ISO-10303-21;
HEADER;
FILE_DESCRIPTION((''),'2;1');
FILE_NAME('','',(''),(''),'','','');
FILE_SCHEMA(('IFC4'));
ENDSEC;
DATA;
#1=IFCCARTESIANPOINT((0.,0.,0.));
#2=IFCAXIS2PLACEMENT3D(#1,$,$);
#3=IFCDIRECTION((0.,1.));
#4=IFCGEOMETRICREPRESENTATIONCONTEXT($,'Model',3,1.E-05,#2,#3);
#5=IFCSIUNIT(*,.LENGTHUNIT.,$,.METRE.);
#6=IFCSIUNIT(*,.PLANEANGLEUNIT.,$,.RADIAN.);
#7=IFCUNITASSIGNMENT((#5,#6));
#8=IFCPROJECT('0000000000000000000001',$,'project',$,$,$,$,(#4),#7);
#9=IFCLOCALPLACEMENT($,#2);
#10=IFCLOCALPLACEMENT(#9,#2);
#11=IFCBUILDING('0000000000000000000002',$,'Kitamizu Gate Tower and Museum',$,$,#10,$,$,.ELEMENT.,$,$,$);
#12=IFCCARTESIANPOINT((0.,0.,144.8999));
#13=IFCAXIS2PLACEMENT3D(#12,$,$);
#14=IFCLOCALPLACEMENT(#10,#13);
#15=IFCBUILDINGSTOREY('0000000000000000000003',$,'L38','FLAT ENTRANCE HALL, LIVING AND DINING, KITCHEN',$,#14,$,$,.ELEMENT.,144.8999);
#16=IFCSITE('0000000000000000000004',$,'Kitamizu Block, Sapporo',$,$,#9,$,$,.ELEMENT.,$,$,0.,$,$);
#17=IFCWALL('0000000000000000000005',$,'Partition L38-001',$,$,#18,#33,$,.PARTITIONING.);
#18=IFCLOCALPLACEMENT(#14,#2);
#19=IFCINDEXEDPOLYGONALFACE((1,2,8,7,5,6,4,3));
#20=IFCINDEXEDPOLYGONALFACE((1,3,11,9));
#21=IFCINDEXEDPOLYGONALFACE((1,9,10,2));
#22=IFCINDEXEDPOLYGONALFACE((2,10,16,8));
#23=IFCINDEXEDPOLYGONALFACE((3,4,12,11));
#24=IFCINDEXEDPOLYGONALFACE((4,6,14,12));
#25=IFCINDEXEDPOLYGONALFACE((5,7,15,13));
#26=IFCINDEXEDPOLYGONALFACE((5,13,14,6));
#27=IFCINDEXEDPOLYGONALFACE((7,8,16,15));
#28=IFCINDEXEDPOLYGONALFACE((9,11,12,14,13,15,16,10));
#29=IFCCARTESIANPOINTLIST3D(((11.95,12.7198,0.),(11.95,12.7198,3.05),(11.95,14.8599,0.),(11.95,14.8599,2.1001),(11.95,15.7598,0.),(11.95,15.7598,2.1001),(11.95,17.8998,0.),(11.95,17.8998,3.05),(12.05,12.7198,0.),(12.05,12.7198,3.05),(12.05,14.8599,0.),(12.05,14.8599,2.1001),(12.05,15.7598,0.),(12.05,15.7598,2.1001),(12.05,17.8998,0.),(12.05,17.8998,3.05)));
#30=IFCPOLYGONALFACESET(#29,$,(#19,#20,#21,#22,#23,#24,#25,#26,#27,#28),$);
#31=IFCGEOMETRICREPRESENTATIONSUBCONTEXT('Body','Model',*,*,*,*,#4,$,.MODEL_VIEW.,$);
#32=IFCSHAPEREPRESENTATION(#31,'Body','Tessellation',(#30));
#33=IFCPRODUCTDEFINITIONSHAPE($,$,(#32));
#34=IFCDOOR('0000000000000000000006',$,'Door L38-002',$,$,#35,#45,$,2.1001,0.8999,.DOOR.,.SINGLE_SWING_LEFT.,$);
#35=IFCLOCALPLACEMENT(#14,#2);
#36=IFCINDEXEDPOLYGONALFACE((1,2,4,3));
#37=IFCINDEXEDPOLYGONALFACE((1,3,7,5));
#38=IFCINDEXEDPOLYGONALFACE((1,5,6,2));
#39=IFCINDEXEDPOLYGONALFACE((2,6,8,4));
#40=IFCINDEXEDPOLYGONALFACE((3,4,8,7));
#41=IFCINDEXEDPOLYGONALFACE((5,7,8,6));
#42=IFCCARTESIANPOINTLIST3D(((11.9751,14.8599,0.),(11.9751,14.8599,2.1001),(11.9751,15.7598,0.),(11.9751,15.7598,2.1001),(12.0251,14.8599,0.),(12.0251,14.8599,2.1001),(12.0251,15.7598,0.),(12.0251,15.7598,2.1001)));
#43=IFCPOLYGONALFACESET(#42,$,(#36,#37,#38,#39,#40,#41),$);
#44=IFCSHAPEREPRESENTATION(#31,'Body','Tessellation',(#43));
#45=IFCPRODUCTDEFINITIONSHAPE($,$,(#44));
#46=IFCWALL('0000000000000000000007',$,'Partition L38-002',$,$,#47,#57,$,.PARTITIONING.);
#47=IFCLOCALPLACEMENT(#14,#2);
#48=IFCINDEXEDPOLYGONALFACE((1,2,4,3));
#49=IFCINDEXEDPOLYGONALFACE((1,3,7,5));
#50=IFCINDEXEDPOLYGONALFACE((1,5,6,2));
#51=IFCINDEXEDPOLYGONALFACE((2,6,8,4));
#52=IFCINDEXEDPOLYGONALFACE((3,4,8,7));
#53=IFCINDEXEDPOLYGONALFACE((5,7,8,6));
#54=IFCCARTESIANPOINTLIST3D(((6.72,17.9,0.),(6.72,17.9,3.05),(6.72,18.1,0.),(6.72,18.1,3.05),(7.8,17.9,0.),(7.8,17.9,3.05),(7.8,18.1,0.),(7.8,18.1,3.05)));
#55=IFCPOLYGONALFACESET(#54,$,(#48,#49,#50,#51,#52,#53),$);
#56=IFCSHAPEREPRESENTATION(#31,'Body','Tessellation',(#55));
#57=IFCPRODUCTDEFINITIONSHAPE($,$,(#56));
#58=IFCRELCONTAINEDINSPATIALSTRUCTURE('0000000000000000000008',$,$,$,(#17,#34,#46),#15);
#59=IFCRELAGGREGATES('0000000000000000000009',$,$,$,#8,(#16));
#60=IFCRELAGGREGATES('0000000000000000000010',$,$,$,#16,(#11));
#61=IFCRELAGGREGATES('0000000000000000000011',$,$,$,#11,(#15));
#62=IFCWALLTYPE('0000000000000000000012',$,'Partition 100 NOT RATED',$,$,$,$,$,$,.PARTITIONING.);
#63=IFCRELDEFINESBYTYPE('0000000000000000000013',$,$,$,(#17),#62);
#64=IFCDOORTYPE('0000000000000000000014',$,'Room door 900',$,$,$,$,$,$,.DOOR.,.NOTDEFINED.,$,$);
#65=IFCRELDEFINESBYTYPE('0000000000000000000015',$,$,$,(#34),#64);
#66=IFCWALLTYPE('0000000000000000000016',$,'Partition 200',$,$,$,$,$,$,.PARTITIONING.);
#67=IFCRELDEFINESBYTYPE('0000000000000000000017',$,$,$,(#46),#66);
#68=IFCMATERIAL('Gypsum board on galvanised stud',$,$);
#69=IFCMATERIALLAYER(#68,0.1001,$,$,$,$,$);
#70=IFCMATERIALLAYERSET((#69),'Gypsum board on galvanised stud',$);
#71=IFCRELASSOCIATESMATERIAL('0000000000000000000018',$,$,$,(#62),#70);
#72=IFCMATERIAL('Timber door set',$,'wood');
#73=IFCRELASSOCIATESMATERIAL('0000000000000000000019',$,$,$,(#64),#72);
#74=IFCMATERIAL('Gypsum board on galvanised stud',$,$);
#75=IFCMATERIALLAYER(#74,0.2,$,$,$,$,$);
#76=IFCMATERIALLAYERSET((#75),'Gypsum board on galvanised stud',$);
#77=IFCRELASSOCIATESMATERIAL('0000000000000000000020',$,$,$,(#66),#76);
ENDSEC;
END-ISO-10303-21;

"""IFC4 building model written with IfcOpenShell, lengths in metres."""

from ifc_helpers import new_model, si_unit, direction, frame, frame_2d, origin, place, context, subcontext, project, spatial, rectangle, extrude, material, layer, layer_set, type_object, element, fill, save


model = new_model("IFC4")

# Units and contexts
model_context = context("Model", 3, precision=1e-05, world=origin(), true_north=direction((0.0, 1.0)))
body_context = subcontext(model_context, "Body", "Model", "MODEL_VIEW")
ifc_project = project(units=[si_unit("LENGTHUNIT", "METRE"), si_unit("PLANEANGLEUNIT", "RADIAN")], contexts=[model_context])

# Site, building, storey
site_placement = place(None, origin())
site = spatial("IfcSite", under=ifc_project, at=site_placement, Name="Kitamizu Block, Sapporo", CompositionType="ELEMENT", RefElevation=0.0)
building_placement = place(site_placement, origin())
building = spatial("IfcBuilding", under=site, at=building_placement, Name="Kitamizu Gate Tower and Museum", CompositionType="ELEMENT")
storey_placement = place(building_placement, frame((0.0, 0.0, 144.8999)))
storey = spatial("IfcBuildingStorey", under=building, at=storey_placement, Name="L38", Description="FLAT ENTRANCE HALL, LIVING AND DINING, KITCHEN", CompositionType="ELEMENT", Elevation=144.8999)

# Wall, opening, door
ifc_material_1 = material(Name="Gypsum board on galvanised stud")
ifc_layer_1 = layer(ifc_material_1, 0.1001)
ifc_layer_set_1 = layer_set([ifc_layer_1], Name="Gypsum board on galvanised stud")
wall_type_1 = type_object("IfcWallType", Name="Partition 100 NOT RATED", PredefinedType="PARTITIONING", material=ifc_layer_set_1)
wall_1_placement = place(storey_placement, frame((12.0, 12.72, 0.0), z_axis=(0.0, 0.0, 1.0), x_axis=(0.0, 1.0, 0.0)))
wall_1 = element("IfcWall", 1, at=wall_1_placement, inside=storey, type_object=wall_type_1, Name="Partition L38-001", PredefinedType="PARTITIONING", context=body_context, shape_type="SweptSolid", body=[
    extrude(rectangle(XDim=5.1799, YDim=0.1001, at=frame_2d((2.5898, 0.0))), origin(), (0.0, 0.0, 1.0), 3.05),
])
opening_placement = place(wall_1_placement, frame((2.1399, 0.0, 0.0)))
opening = element("IfcOpeningElement", 2, at=opening_placement, cuts=wall_1, PredefinedType="OPENING", context=body_context, shape_type="SweptSolid", body=[
    extrude(rectangle(XDim=0.8999, YDim=2.1001, at=frame_2d((0.45, 1.05))), frame((0.0, 0.0601, 0.0), z_axis=(0.0, -1.0, 0.0), x_axis=(1.0, 0.0, 0.0)), (0.0, 0.0, 1.0), 0.1201),
])
ifc_material_2 = material(Name="Timber door set", Category="wood")
door_type = type_object("IfcDoorType", Name="Room door 900", OperationType="NOTDEFINED", PredefinedType="DOOR", material=ifc_material_2)
door_placement = place(opening_placement, origin())
door = element("IfcDoor", 3, at=door_placement, inside=storey, type_object=door_type, Name="Door L38-002", OperationType="SINGLE_SWING_LEFT", OverallHeight=2.1001, OverallWidth=0.8999, PredefinedType="DOOR", context=body_context, shape_type="SweptSolid", body=[
    extrude(rectangle(XDim=0.8999, YDim=2.1001, at=frame_2d((0.45, 1.05))), frame((0.0, 0.0249, 0.0), z_axis=(0.0, -1.0, 0.0), x_axis=(1.0, 0.0, 0.0)), (0.0, 0.0, 1.0), 0.05),
])
fill(opening, door)

# Wall
ifc_material_3 = material(Name="Gypsum board on galvanised stud")
ifc_layer_2 = layer(ifc_material_3, 0.2)
ifc_layer_set_2 = layer_set([ifc_layer_2], Name="Gypsum board on galvanised stud")
wall_type_2 = type_object("IfcWallType", Name="Partition 200", PredefinedType="PARTITIONING", material=ifc_layer_set_2)
wall_2_placement = place(storey_placement, frame((7.8, 18.0, 0.0), z_axis=(0.0, 0.0, 1.0), x_axis=(-1.0, 0.0, 0.0)))
element("IfcWall", 4, at=wall_2_placement, inside=storey, type_object=wall_type_2, Name="Partition L38-002", PredefinedType="PARTITIONING", context=body_context, shape_type="SweptSolid", body=[
    extrude(rectangle(XDim=1.0801, YDim=0.2, at=frame_2d((0.54, 0.0))), origin(), (0.0, 0.0, 1.0), 3.05),
])

save(model, "model.ifc")
